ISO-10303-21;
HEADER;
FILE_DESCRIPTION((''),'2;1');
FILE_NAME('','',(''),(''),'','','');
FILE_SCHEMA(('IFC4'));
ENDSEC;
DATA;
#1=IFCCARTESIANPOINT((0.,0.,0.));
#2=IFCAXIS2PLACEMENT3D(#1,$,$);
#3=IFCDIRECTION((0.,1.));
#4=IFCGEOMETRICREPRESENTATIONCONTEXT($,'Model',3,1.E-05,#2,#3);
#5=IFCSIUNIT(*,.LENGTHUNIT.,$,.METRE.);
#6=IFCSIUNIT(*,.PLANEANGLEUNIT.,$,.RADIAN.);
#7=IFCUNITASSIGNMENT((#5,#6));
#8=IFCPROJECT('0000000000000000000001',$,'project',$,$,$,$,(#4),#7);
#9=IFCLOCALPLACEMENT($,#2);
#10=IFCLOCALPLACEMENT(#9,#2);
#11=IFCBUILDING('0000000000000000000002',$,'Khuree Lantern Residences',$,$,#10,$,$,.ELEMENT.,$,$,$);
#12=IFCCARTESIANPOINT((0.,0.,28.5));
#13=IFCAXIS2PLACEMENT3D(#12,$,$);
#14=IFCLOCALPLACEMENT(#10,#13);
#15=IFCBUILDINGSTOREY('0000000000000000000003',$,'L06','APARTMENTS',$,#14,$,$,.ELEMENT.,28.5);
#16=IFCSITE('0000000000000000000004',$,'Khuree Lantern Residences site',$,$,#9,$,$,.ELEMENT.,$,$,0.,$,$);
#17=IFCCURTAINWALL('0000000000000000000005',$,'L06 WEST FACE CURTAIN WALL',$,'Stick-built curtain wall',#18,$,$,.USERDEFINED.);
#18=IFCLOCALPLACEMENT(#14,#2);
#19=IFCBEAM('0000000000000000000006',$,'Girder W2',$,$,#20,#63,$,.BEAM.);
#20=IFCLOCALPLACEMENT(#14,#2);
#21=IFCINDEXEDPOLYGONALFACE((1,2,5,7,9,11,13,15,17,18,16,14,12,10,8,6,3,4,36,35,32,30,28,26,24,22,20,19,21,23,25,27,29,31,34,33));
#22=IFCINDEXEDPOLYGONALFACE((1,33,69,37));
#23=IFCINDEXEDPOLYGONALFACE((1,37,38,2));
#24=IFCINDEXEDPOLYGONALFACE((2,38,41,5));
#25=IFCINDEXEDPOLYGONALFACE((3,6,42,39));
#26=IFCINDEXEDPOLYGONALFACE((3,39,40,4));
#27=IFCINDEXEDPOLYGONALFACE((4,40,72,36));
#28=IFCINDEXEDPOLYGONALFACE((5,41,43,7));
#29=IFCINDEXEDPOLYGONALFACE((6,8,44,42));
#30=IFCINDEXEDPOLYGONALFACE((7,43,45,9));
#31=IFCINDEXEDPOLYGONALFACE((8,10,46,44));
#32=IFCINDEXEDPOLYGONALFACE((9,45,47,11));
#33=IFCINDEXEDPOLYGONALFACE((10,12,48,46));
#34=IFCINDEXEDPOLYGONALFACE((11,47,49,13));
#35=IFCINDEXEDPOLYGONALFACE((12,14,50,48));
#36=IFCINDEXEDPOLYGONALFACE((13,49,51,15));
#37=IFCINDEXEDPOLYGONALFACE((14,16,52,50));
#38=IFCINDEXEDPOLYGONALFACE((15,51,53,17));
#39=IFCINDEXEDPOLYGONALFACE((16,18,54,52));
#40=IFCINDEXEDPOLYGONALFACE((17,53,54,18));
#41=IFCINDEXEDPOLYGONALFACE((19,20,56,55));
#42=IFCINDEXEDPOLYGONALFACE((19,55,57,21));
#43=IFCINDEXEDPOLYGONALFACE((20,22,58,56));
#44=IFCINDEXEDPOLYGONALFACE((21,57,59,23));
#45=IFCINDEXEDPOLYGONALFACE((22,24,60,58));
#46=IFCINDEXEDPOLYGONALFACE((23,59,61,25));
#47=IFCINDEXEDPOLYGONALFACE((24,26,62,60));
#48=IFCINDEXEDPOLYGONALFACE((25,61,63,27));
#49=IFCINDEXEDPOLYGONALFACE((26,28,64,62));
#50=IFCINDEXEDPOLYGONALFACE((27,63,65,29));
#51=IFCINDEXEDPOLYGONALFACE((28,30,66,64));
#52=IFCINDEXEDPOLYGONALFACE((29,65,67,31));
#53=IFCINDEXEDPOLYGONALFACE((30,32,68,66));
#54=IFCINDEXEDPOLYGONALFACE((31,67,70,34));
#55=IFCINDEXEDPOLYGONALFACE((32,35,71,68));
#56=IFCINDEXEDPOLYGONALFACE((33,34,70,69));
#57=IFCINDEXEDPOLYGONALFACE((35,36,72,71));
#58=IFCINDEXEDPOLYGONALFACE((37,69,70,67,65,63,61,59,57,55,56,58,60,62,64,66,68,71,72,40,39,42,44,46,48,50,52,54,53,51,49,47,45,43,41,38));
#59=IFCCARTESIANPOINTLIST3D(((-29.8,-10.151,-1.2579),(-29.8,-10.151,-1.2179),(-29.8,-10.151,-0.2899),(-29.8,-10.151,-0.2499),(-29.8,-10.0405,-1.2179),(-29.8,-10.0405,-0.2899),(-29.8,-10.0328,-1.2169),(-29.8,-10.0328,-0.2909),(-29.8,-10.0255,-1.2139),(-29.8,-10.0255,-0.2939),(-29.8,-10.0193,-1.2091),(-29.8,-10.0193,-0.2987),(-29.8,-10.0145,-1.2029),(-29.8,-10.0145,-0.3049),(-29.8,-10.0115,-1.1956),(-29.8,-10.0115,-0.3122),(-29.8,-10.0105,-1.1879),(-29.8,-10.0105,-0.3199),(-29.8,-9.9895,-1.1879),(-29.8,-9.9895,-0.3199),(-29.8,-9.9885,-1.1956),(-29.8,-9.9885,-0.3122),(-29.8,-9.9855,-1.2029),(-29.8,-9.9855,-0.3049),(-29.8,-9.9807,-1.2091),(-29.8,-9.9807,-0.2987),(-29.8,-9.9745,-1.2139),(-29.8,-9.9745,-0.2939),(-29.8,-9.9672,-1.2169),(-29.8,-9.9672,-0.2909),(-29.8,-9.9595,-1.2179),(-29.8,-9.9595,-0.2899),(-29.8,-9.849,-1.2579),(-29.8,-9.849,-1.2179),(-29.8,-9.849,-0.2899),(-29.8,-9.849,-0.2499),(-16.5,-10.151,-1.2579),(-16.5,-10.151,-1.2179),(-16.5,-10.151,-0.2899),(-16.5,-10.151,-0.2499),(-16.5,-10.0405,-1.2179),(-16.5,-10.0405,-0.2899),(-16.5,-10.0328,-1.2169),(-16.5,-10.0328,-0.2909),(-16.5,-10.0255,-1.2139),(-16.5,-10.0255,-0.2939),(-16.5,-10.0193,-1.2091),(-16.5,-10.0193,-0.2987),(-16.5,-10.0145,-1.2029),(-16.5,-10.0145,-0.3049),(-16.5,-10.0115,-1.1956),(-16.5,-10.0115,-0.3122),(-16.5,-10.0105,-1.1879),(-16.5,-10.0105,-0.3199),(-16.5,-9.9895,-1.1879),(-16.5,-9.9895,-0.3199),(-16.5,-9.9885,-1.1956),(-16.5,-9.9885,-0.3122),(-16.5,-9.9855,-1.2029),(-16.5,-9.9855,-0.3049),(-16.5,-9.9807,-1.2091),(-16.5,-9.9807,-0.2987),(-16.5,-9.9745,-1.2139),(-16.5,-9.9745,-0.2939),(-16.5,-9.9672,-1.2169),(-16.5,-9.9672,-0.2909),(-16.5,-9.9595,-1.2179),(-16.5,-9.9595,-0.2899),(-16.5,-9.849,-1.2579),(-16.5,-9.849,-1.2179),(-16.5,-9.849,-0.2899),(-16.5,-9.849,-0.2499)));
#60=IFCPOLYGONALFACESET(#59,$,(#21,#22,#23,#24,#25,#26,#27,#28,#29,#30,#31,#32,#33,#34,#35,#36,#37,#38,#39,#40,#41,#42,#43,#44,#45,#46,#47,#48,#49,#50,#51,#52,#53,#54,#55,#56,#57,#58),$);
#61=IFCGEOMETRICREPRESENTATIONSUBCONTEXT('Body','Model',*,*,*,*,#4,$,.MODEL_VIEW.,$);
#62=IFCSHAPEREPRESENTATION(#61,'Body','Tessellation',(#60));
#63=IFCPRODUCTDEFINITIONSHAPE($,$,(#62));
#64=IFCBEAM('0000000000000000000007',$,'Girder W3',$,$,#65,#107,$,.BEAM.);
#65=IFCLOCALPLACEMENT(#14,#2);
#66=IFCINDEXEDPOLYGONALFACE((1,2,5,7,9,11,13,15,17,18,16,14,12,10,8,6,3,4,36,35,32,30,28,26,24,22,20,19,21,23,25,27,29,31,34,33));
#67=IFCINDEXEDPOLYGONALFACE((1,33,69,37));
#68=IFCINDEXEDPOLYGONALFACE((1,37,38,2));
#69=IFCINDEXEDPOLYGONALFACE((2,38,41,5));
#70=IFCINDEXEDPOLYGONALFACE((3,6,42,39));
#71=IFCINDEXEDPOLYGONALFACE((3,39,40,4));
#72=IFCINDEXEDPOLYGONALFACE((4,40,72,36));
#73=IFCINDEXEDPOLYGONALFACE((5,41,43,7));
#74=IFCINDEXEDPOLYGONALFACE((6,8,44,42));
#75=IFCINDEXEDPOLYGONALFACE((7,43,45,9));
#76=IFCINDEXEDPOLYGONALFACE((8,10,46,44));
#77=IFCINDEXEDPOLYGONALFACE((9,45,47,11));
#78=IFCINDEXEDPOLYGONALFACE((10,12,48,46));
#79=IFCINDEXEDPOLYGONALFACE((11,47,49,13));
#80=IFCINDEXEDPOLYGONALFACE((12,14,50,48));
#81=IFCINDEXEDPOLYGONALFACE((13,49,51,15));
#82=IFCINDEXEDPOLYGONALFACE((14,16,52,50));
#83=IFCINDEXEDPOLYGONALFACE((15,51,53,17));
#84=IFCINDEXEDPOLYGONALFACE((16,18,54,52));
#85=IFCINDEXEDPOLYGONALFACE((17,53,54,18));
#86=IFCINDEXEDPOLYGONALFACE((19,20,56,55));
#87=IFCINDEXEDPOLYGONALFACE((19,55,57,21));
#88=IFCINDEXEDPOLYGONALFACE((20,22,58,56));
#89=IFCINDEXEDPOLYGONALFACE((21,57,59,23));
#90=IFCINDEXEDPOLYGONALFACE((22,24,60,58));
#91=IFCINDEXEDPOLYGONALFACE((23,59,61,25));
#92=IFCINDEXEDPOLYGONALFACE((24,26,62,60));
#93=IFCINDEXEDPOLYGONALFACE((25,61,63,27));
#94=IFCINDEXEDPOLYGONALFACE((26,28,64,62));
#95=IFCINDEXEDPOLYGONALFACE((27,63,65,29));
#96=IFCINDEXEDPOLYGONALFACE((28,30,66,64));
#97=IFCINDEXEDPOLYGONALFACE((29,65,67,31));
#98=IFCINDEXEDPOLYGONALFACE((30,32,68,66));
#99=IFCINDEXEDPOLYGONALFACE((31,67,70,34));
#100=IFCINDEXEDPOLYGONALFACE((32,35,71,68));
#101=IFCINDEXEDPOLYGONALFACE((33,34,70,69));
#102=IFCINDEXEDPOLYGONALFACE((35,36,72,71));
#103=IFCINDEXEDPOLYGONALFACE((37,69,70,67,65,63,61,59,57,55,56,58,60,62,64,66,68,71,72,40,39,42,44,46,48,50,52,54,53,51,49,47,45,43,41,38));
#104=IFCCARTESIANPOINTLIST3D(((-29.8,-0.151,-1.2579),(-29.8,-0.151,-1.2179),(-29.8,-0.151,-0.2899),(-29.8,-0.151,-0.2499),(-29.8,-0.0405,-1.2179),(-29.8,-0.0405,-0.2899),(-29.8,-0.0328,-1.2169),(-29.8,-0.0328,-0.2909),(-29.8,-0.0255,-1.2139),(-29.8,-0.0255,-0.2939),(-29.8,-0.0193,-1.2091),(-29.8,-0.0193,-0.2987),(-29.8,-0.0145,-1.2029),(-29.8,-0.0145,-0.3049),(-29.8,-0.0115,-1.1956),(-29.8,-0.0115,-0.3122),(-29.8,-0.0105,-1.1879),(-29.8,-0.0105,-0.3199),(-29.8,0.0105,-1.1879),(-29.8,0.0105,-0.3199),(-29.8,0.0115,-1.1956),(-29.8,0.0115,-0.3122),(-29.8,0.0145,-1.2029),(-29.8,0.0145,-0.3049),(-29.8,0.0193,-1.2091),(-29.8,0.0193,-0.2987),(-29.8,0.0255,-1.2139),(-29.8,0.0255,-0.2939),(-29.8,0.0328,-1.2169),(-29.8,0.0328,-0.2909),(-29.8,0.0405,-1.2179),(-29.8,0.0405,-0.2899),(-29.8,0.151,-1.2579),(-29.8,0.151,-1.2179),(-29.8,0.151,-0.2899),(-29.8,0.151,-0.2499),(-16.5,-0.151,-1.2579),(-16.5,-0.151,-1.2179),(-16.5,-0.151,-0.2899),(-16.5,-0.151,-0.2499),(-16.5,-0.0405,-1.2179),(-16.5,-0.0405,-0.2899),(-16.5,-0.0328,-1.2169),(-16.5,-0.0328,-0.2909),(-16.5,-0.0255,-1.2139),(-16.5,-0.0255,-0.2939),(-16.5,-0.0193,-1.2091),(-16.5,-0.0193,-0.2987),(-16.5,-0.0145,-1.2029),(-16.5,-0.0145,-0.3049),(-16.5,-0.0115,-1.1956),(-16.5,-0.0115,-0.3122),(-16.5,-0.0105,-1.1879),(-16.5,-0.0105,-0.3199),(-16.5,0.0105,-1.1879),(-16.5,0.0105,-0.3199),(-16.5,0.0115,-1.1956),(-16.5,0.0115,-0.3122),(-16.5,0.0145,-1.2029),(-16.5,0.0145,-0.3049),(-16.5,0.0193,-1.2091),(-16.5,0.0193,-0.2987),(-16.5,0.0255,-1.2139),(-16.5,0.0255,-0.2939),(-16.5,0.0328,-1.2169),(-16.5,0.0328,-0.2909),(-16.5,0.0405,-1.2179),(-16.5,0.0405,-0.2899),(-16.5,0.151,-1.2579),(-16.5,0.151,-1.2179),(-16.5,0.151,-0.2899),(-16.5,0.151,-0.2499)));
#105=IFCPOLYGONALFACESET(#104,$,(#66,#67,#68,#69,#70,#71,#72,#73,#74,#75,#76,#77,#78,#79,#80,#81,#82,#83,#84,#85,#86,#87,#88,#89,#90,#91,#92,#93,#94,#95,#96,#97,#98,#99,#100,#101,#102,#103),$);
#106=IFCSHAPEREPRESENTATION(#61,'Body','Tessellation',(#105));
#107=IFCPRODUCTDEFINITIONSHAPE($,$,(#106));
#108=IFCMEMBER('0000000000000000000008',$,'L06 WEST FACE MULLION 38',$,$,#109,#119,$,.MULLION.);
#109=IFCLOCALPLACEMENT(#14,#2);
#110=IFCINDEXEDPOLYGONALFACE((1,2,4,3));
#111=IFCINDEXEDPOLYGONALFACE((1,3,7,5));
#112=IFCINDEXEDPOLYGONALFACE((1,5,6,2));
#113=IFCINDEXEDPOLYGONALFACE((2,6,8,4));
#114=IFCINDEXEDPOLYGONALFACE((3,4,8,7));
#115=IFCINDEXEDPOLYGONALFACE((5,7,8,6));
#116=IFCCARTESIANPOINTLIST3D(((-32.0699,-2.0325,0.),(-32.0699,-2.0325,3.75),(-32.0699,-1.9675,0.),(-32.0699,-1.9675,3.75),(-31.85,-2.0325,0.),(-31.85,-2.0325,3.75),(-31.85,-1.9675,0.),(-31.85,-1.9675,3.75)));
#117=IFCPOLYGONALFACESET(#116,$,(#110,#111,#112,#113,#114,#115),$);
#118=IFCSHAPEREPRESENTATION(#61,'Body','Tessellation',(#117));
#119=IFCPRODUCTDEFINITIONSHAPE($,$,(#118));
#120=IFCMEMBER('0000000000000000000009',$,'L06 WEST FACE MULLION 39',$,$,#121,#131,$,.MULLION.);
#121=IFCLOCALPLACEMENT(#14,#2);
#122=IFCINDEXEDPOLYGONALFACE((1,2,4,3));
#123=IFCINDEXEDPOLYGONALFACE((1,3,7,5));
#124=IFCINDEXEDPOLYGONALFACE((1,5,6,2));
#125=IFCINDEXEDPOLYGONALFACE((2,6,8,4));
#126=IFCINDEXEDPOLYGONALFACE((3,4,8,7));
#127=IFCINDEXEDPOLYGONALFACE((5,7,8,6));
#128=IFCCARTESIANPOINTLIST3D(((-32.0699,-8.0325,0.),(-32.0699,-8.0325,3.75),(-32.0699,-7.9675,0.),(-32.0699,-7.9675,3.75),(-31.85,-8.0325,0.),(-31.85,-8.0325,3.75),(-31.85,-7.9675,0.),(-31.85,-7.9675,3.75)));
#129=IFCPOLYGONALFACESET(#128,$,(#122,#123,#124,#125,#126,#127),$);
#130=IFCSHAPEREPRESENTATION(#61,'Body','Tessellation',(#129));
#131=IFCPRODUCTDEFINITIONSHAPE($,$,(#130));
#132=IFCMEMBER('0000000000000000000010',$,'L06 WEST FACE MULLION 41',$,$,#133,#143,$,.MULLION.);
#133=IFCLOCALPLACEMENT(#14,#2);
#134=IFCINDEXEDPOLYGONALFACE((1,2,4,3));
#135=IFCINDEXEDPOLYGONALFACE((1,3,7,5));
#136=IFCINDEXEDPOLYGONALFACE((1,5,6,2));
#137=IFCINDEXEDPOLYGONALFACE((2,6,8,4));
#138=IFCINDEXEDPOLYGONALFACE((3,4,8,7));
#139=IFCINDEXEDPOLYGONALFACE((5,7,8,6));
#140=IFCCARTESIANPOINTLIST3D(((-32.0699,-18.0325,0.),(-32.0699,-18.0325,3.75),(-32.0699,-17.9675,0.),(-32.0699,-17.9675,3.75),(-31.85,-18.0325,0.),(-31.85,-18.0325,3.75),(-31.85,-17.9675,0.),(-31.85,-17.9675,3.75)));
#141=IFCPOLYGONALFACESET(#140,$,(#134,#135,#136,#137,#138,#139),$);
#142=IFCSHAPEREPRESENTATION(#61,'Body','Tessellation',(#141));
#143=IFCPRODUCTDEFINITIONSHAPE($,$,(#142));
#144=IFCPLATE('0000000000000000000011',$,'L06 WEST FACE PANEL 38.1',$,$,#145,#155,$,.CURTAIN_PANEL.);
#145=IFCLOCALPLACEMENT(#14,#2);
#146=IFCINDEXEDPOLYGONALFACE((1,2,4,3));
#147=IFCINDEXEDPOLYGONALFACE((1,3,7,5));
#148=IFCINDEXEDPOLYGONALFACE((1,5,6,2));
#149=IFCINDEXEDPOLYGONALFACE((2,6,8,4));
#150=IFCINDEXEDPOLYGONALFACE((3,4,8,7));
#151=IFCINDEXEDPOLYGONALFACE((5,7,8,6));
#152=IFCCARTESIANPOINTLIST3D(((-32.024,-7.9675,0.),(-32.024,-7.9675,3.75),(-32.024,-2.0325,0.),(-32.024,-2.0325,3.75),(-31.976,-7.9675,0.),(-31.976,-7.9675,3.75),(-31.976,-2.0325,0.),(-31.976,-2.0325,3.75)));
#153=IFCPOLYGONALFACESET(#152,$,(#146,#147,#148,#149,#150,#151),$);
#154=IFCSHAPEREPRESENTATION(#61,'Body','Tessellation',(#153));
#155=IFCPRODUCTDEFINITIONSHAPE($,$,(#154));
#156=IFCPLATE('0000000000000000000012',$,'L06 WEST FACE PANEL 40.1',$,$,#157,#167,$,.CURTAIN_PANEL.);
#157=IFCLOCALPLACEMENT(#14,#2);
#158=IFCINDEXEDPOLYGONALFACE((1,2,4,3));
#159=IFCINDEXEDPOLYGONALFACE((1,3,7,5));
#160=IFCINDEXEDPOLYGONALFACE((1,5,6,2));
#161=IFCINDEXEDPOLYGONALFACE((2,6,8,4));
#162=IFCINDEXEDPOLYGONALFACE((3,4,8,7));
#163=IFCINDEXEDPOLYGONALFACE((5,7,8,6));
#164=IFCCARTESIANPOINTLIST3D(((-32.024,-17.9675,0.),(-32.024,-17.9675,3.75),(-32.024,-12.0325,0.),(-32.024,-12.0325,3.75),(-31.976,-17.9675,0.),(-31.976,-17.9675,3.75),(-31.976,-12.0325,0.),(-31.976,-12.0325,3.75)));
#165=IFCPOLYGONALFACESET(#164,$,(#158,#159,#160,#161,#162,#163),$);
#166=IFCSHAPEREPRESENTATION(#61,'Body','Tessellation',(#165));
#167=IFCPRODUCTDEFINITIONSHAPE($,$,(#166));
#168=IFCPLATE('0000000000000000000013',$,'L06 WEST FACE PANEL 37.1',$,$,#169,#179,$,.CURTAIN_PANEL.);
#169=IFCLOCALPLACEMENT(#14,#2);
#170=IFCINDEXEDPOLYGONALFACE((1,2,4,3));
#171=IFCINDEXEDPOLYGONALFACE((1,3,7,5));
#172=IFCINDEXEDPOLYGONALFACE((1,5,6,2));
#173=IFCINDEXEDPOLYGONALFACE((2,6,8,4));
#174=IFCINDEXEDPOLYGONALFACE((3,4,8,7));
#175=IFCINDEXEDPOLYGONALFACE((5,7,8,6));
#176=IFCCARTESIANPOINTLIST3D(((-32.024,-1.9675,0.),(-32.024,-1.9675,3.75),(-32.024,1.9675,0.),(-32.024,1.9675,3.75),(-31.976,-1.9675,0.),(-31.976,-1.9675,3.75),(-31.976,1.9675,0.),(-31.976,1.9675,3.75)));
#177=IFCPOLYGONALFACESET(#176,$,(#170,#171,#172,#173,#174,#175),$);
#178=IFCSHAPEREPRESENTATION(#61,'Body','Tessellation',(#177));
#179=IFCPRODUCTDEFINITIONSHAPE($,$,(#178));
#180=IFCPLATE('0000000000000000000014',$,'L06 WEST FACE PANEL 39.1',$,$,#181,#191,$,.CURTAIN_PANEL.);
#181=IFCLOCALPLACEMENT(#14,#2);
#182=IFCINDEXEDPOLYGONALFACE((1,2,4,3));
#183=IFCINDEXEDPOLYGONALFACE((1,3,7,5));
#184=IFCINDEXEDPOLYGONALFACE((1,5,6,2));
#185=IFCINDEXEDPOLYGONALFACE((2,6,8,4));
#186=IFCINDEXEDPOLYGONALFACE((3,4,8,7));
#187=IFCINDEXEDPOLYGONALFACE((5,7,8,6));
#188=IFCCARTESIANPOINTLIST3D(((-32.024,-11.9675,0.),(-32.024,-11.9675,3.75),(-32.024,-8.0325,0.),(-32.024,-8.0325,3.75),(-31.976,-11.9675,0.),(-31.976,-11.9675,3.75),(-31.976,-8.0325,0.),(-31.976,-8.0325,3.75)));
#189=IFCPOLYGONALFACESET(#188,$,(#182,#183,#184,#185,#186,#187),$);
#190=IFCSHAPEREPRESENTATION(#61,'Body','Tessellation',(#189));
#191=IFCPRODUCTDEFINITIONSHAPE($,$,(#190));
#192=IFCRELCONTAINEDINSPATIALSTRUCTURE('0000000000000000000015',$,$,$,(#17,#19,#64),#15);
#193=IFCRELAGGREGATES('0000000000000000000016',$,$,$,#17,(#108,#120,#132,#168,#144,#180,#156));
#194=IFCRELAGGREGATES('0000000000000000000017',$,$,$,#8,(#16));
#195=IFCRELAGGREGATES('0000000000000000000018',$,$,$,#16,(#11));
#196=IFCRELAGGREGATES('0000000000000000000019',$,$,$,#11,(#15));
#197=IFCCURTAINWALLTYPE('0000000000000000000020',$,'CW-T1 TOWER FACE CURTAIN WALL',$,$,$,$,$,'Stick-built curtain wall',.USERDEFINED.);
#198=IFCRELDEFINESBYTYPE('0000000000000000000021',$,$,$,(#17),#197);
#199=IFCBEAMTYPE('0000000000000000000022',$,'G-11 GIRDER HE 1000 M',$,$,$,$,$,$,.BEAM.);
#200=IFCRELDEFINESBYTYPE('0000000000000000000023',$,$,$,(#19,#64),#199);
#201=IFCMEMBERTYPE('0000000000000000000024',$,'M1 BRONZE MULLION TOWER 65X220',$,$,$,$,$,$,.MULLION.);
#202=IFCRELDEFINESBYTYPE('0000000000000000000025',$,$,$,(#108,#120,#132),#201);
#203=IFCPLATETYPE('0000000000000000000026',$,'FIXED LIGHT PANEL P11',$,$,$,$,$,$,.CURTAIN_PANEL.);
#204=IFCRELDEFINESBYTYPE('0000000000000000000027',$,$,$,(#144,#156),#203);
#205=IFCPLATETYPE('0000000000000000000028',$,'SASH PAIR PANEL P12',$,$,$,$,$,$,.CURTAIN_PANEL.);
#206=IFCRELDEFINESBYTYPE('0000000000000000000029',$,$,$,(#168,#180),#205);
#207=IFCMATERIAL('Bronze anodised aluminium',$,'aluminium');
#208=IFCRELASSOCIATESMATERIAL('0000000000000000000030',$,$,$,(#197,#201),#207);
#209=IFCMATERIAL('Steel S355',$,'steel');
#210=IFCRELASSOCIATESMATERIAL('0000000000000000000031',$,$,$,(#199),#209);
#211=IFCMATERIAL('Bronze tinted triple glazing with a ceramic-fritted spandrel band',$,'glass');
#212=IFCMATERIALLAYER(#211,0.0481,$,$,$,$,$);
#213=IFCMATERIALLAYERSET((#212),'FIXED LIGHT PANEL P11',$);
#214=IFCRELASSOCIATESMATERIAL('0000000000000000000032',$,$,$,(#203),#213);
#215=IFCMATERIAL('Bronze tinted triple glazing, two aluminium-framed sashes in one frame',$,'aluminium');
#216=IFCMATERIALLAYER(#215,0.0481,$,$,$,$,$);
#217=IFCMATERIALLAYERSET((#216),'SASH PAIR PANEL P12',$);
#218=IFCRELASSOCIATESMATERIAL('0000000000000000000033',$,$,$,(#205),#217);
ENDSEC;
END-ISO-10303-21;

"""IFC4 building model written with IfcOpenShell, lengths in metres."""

from ifc_helpers import new_model, si_unit, direction, frame, origin, origin_2d, place, context, subcontext, project, spatial, rectangle, i_section, extrude, material, layer, layer_set, material_profile, profile_set, type_object, element, aggregate, save


model = new_model("IFC4")

# Units and contexts
model_context = context("Model", 3, precision=1e-05, world=origin(), true_north=direction((0.0, 1.0)))
body_context = subcontext(model_context, "Body", "Model", "MODEL_VIEW")
ifc_project = project(units=[si_unit("LENGTHUNIT", "METRE"), si_unit("PLANEANGLEUNIT", "RADIAN")], contexts=[model_context])

# Site, building, storey
site_placement = place(None, origin())
site = spatial("IfcSite", under=ifc_project, at=site_placement, Name="Khuree Lantern Residences site", CompositionType="ELEMENT", RefElevation=0.0)
building_placement = place(site_placement, origin())
building = spatial("IfcBuilding", under=site, at=building_placement, Name="Khuree Lantern Residences", CompositionType="ELEMENT")
storey_placement = place(building_placement, frame((0.0, 0.0, 28.5)))
storey = spatial("IfcBuildingStorey", under=building, at=storey_placement, Name="L06", Description="APARTMENTS", CompositionType="ELEMENT", Elevation=28.5)

# Shared definitions
ifc_material_1 = material(Name="Steel S355", Category="steel")

# Curtain wall
ifc_material_2 = material(Name="Bronze anodised aluminium", Category="aluminium")
curtain_wall_type = type_object("IfcCurtainWallType", Name="CW-T1 TOWER FACE CURTAIN WALL", ElementType="Stick-built curtain wall", PredefinedType="USERDEFINED", material=ifc_material_2)
curtain_wall_placement = place(storey_placement, origin())
curtain_wall = element("IfcCurtainWall", 1, at=curtain_wall_placement, inside=storey, type_object=curtain_wall_type, Name="L06 WEST FACE CURTAIN WALL", ObjectType="Stick-built curtain wall", PredefinedType="USERDEFINED")

# Beams
ifc_material_profile_1 = material_profile(ifc_material_1, i_section(OverallWidth=0.302, OverallDepth=1.0081, WebThickness=0.021, FlangeThickness=0.04, FilletRadius=0.03, at=origin_2d()), Name="HE 1000 M")
ifc_profile_set_1 = profile_set([ifc_material_profile_1], Name="Steel S355")
beam_type_1 = type_object("IfcBeamType", Name="G-11 GIRDER HE 1000 M", PredefinedType="BEAM", material=ifc_profile_set_1)
for number, where, z_axis, x_axis, name in (
    (2, (-29.8, -10.0, -0.7539), (1.0, 0.0, 0.0), (0.0, 1.0, 0.0), "Girder W2"),
    (3, (-29.8, 0.0, -0.7539), (1.0, 0.0, 0.0), (0.0, 1.0, 0.0), "Girder W3"),
):
    element("IfcBeam", number, at=place(storey_placement, frame(where, z_axis=z_axis, x_axis=x_axis)), inside=storey, type_object=beam_type_1, Name=name, PredefinedType="BEAM", context=body_context, shape_type="SweptSolid", body=[
        extrude(i_section(OverallWidth=0.302, OverallDepth=1.0081, WebThickness=0.021, FlangeThickness=0.04, FilletRadius=0.03, at=origin_2d()), origin(), (0.0, 0.0, 1.0), 13.3),
    ])

# Members
ifc_material_profile_2 = material_profile(ifc_material_2, rectangle(XDim=0.0649, YDim=0.22, at=origin_2d()), Name="M1 65X220")
ifc_profile_set_2 = profile_set([ifc_material_profile_2], Name="Bronze anodised aluminium")
member_type_1 = type_object("IfcMemberType", Name="M1 BRONZE MULLION TOWER 65X220", PredefinedType="MULLION", material=ifc_profile_set_2)
member_1_placement = place(storey_placement, frame((-31.96, -2.0, 0.0), z_axis=(0.0, 0.0, 1.0), x_axis=(0.0, -1.0, 0.0)))
member_1 = element("IfcMember", 4, at=member_1_placement, type_object=member_type_1, Name="L06 WEST FACE MULLION 38", PredefinedType="MULLION", context=body_context, shape_type="SweptSolid", body=[
    extrude(rectangle(XDim=0.0649, YDim=0.22, at=origin_2d()), origin(), (0.0, 0.0, 1.0), 3.75),
])
member_2_placement = place(storey_placement, frame((-31.96, -8.0, 0.0), z_axis=(0.0, 0.0, 1.0), x_axis=(0.0, -1.0, 0.0)))
member_2 = element("IfcMember", 5, at=member_2_placement, type_object=member_type_1, Name="L06 WEST FACE MULLION 39", PredefinedType="MULLION", context=body_context, shape_type="SweptSolid", body=[
    extrude(rectangle(XDim=0.0649, YDim=0.22, at=origin_2d()), origin(), (0.0, 0.0, 1.0), 3.75),
])
member_3_placement = place(storey_placement, frame((-31.96, -18.0, 0.0), z_axis=(0.0, 0.0, 1.0), x_axis=(0.0, -1.0, 0.0)))
member_3 = element("IfcMember", 6, at=member_3_placement, type_object=member_type_1, Name="L06 WEST FACE MULLION 41", PredefinedType="MULLION", context=body_context, shape_type="SweptSolid", body=[
    extrude(rectangle(XDim=0.0649, YDim=0.22, at=origin_2d()), origin(), (0.0, 0.0, 1.0), 3.75),
])

# Plates
ifc_material_3 = material(Name="Bronze tinted triple glazing with a ceramic-fritted spandrel band", Category="glass")
ifc_layer_1 = layer(ifc_material_3, 0.0481)
ifc_layer_set_1 = layer_set([ifc_layer_1], Name="FIXED LIGHT PANEL P11")
plate_type_1 = type_object("IfcPlateType", Name="FIXED LIGHT PANEL P11", PredefinedType="CURTAIN_PANEL", material=ifc_layer_set_1)
plate_1_placement = place(storey_placement, frame((-32.0, -5.0, 0.0), z_axis=(0.0, 0.0, 1.0), x_axis=(0.0, -1.0, 0.0)))
plate_1 = element("IfcPlate", 7, at=plate_1_placement, type_object=plate_type_1, Name="L06 WEST FACE PANEL 38.1", PredefinedType="CURTAIN_PANEL", context=body_context, shape_type="SweptSolid", body=[
    extrude(rectangle(XDim=5.9351, YDim=0.0481, at=origin_2d()), origin(), (0.0, 0.0, 1.0), 3.75),
])
plate_2_placement = place(storey_placement, frame((-32.0, -15.0, 0.0), z_axis=(0.0, 0.0, 1.0), x_axis=(0.0, -1.0, 0.0)))
plate_2 = element("IfcPlate", 8, at=plate_2_placement, type_object=plate_type_1, Name="L06 WEST FACE PANEL 40.1", PredefinedType="CURTAIN_PANEL", context=body_context, shape_type="SweptSolid", body=[
    extrude(rectangle(XDim=5.9351, YDim=0.0481, at=origin_2d()), origin(), (0.0, 0.0, 1.0), 3.75),
])
ifc_material_4 = material(Name="Bronze tinted triple glazing, two aluminium-framed sashes in one frame", Category="aluminium")
ifc_layer_2 = layer(ifc_material_4, 0.0481)
ifc_layer_set_2 = layer_set([ifc_layer_2], Name="SASH PAIR PANEL P12")
plate_type_2 = type_object("IfcPlateType", Name="SASH PAIR PANEL P12", PredefinedType="CURTAIN_PANEL", material=ifc_layer_set_2)
plate_3_placement = place(storey_placement, frame((-32.0, 0.0, 0.0), z_axis=(0.0, 0.0, 1.0), x_axis=(0.0, -1.0, 0.0)))
plate_3 = element("IfcPlate", 9, at=plate_3_placement, type_object=plate_type_2, Name="L06 WEST FACE PANEL 37.1", PredefinedType="CURTAIN_PANEL", context=body_context, shape_type="SweptSolid", body=[
    extrude(rectangle(XDim=3.9351, YDim=0.0481, at=origin_2d()), origin(), (0.0, 0.0, 1.0), 3.75),
])
plate_4_placement = place(storey_placement, frame((-32.0, -10.0, 0.0), z_axis=(0.0, 0.0, 1.0), x_axis=(0.0, -1.0, 0.0)))
plate_4 = element("IfcPlate", 10, at=plate_4_placement, type_object=plate_type_2, Name="L06 WEST FACE PANEL 39.1", PredefinedType="CURTAIN_PANEL", context=body_context, shape_type="SweptSolid", body=[
    extrude(rectangle(XDim=3.9351, YDim=0.0481, at=origin_2d()), origin(), (0.0, 0.0, 1.0), 3.75),
])
aggregate(curtain_wall, [member_1, member_2, member_3, plate_3, plate_1, plate_4, plate_2])

save(model, "model.ifc")
